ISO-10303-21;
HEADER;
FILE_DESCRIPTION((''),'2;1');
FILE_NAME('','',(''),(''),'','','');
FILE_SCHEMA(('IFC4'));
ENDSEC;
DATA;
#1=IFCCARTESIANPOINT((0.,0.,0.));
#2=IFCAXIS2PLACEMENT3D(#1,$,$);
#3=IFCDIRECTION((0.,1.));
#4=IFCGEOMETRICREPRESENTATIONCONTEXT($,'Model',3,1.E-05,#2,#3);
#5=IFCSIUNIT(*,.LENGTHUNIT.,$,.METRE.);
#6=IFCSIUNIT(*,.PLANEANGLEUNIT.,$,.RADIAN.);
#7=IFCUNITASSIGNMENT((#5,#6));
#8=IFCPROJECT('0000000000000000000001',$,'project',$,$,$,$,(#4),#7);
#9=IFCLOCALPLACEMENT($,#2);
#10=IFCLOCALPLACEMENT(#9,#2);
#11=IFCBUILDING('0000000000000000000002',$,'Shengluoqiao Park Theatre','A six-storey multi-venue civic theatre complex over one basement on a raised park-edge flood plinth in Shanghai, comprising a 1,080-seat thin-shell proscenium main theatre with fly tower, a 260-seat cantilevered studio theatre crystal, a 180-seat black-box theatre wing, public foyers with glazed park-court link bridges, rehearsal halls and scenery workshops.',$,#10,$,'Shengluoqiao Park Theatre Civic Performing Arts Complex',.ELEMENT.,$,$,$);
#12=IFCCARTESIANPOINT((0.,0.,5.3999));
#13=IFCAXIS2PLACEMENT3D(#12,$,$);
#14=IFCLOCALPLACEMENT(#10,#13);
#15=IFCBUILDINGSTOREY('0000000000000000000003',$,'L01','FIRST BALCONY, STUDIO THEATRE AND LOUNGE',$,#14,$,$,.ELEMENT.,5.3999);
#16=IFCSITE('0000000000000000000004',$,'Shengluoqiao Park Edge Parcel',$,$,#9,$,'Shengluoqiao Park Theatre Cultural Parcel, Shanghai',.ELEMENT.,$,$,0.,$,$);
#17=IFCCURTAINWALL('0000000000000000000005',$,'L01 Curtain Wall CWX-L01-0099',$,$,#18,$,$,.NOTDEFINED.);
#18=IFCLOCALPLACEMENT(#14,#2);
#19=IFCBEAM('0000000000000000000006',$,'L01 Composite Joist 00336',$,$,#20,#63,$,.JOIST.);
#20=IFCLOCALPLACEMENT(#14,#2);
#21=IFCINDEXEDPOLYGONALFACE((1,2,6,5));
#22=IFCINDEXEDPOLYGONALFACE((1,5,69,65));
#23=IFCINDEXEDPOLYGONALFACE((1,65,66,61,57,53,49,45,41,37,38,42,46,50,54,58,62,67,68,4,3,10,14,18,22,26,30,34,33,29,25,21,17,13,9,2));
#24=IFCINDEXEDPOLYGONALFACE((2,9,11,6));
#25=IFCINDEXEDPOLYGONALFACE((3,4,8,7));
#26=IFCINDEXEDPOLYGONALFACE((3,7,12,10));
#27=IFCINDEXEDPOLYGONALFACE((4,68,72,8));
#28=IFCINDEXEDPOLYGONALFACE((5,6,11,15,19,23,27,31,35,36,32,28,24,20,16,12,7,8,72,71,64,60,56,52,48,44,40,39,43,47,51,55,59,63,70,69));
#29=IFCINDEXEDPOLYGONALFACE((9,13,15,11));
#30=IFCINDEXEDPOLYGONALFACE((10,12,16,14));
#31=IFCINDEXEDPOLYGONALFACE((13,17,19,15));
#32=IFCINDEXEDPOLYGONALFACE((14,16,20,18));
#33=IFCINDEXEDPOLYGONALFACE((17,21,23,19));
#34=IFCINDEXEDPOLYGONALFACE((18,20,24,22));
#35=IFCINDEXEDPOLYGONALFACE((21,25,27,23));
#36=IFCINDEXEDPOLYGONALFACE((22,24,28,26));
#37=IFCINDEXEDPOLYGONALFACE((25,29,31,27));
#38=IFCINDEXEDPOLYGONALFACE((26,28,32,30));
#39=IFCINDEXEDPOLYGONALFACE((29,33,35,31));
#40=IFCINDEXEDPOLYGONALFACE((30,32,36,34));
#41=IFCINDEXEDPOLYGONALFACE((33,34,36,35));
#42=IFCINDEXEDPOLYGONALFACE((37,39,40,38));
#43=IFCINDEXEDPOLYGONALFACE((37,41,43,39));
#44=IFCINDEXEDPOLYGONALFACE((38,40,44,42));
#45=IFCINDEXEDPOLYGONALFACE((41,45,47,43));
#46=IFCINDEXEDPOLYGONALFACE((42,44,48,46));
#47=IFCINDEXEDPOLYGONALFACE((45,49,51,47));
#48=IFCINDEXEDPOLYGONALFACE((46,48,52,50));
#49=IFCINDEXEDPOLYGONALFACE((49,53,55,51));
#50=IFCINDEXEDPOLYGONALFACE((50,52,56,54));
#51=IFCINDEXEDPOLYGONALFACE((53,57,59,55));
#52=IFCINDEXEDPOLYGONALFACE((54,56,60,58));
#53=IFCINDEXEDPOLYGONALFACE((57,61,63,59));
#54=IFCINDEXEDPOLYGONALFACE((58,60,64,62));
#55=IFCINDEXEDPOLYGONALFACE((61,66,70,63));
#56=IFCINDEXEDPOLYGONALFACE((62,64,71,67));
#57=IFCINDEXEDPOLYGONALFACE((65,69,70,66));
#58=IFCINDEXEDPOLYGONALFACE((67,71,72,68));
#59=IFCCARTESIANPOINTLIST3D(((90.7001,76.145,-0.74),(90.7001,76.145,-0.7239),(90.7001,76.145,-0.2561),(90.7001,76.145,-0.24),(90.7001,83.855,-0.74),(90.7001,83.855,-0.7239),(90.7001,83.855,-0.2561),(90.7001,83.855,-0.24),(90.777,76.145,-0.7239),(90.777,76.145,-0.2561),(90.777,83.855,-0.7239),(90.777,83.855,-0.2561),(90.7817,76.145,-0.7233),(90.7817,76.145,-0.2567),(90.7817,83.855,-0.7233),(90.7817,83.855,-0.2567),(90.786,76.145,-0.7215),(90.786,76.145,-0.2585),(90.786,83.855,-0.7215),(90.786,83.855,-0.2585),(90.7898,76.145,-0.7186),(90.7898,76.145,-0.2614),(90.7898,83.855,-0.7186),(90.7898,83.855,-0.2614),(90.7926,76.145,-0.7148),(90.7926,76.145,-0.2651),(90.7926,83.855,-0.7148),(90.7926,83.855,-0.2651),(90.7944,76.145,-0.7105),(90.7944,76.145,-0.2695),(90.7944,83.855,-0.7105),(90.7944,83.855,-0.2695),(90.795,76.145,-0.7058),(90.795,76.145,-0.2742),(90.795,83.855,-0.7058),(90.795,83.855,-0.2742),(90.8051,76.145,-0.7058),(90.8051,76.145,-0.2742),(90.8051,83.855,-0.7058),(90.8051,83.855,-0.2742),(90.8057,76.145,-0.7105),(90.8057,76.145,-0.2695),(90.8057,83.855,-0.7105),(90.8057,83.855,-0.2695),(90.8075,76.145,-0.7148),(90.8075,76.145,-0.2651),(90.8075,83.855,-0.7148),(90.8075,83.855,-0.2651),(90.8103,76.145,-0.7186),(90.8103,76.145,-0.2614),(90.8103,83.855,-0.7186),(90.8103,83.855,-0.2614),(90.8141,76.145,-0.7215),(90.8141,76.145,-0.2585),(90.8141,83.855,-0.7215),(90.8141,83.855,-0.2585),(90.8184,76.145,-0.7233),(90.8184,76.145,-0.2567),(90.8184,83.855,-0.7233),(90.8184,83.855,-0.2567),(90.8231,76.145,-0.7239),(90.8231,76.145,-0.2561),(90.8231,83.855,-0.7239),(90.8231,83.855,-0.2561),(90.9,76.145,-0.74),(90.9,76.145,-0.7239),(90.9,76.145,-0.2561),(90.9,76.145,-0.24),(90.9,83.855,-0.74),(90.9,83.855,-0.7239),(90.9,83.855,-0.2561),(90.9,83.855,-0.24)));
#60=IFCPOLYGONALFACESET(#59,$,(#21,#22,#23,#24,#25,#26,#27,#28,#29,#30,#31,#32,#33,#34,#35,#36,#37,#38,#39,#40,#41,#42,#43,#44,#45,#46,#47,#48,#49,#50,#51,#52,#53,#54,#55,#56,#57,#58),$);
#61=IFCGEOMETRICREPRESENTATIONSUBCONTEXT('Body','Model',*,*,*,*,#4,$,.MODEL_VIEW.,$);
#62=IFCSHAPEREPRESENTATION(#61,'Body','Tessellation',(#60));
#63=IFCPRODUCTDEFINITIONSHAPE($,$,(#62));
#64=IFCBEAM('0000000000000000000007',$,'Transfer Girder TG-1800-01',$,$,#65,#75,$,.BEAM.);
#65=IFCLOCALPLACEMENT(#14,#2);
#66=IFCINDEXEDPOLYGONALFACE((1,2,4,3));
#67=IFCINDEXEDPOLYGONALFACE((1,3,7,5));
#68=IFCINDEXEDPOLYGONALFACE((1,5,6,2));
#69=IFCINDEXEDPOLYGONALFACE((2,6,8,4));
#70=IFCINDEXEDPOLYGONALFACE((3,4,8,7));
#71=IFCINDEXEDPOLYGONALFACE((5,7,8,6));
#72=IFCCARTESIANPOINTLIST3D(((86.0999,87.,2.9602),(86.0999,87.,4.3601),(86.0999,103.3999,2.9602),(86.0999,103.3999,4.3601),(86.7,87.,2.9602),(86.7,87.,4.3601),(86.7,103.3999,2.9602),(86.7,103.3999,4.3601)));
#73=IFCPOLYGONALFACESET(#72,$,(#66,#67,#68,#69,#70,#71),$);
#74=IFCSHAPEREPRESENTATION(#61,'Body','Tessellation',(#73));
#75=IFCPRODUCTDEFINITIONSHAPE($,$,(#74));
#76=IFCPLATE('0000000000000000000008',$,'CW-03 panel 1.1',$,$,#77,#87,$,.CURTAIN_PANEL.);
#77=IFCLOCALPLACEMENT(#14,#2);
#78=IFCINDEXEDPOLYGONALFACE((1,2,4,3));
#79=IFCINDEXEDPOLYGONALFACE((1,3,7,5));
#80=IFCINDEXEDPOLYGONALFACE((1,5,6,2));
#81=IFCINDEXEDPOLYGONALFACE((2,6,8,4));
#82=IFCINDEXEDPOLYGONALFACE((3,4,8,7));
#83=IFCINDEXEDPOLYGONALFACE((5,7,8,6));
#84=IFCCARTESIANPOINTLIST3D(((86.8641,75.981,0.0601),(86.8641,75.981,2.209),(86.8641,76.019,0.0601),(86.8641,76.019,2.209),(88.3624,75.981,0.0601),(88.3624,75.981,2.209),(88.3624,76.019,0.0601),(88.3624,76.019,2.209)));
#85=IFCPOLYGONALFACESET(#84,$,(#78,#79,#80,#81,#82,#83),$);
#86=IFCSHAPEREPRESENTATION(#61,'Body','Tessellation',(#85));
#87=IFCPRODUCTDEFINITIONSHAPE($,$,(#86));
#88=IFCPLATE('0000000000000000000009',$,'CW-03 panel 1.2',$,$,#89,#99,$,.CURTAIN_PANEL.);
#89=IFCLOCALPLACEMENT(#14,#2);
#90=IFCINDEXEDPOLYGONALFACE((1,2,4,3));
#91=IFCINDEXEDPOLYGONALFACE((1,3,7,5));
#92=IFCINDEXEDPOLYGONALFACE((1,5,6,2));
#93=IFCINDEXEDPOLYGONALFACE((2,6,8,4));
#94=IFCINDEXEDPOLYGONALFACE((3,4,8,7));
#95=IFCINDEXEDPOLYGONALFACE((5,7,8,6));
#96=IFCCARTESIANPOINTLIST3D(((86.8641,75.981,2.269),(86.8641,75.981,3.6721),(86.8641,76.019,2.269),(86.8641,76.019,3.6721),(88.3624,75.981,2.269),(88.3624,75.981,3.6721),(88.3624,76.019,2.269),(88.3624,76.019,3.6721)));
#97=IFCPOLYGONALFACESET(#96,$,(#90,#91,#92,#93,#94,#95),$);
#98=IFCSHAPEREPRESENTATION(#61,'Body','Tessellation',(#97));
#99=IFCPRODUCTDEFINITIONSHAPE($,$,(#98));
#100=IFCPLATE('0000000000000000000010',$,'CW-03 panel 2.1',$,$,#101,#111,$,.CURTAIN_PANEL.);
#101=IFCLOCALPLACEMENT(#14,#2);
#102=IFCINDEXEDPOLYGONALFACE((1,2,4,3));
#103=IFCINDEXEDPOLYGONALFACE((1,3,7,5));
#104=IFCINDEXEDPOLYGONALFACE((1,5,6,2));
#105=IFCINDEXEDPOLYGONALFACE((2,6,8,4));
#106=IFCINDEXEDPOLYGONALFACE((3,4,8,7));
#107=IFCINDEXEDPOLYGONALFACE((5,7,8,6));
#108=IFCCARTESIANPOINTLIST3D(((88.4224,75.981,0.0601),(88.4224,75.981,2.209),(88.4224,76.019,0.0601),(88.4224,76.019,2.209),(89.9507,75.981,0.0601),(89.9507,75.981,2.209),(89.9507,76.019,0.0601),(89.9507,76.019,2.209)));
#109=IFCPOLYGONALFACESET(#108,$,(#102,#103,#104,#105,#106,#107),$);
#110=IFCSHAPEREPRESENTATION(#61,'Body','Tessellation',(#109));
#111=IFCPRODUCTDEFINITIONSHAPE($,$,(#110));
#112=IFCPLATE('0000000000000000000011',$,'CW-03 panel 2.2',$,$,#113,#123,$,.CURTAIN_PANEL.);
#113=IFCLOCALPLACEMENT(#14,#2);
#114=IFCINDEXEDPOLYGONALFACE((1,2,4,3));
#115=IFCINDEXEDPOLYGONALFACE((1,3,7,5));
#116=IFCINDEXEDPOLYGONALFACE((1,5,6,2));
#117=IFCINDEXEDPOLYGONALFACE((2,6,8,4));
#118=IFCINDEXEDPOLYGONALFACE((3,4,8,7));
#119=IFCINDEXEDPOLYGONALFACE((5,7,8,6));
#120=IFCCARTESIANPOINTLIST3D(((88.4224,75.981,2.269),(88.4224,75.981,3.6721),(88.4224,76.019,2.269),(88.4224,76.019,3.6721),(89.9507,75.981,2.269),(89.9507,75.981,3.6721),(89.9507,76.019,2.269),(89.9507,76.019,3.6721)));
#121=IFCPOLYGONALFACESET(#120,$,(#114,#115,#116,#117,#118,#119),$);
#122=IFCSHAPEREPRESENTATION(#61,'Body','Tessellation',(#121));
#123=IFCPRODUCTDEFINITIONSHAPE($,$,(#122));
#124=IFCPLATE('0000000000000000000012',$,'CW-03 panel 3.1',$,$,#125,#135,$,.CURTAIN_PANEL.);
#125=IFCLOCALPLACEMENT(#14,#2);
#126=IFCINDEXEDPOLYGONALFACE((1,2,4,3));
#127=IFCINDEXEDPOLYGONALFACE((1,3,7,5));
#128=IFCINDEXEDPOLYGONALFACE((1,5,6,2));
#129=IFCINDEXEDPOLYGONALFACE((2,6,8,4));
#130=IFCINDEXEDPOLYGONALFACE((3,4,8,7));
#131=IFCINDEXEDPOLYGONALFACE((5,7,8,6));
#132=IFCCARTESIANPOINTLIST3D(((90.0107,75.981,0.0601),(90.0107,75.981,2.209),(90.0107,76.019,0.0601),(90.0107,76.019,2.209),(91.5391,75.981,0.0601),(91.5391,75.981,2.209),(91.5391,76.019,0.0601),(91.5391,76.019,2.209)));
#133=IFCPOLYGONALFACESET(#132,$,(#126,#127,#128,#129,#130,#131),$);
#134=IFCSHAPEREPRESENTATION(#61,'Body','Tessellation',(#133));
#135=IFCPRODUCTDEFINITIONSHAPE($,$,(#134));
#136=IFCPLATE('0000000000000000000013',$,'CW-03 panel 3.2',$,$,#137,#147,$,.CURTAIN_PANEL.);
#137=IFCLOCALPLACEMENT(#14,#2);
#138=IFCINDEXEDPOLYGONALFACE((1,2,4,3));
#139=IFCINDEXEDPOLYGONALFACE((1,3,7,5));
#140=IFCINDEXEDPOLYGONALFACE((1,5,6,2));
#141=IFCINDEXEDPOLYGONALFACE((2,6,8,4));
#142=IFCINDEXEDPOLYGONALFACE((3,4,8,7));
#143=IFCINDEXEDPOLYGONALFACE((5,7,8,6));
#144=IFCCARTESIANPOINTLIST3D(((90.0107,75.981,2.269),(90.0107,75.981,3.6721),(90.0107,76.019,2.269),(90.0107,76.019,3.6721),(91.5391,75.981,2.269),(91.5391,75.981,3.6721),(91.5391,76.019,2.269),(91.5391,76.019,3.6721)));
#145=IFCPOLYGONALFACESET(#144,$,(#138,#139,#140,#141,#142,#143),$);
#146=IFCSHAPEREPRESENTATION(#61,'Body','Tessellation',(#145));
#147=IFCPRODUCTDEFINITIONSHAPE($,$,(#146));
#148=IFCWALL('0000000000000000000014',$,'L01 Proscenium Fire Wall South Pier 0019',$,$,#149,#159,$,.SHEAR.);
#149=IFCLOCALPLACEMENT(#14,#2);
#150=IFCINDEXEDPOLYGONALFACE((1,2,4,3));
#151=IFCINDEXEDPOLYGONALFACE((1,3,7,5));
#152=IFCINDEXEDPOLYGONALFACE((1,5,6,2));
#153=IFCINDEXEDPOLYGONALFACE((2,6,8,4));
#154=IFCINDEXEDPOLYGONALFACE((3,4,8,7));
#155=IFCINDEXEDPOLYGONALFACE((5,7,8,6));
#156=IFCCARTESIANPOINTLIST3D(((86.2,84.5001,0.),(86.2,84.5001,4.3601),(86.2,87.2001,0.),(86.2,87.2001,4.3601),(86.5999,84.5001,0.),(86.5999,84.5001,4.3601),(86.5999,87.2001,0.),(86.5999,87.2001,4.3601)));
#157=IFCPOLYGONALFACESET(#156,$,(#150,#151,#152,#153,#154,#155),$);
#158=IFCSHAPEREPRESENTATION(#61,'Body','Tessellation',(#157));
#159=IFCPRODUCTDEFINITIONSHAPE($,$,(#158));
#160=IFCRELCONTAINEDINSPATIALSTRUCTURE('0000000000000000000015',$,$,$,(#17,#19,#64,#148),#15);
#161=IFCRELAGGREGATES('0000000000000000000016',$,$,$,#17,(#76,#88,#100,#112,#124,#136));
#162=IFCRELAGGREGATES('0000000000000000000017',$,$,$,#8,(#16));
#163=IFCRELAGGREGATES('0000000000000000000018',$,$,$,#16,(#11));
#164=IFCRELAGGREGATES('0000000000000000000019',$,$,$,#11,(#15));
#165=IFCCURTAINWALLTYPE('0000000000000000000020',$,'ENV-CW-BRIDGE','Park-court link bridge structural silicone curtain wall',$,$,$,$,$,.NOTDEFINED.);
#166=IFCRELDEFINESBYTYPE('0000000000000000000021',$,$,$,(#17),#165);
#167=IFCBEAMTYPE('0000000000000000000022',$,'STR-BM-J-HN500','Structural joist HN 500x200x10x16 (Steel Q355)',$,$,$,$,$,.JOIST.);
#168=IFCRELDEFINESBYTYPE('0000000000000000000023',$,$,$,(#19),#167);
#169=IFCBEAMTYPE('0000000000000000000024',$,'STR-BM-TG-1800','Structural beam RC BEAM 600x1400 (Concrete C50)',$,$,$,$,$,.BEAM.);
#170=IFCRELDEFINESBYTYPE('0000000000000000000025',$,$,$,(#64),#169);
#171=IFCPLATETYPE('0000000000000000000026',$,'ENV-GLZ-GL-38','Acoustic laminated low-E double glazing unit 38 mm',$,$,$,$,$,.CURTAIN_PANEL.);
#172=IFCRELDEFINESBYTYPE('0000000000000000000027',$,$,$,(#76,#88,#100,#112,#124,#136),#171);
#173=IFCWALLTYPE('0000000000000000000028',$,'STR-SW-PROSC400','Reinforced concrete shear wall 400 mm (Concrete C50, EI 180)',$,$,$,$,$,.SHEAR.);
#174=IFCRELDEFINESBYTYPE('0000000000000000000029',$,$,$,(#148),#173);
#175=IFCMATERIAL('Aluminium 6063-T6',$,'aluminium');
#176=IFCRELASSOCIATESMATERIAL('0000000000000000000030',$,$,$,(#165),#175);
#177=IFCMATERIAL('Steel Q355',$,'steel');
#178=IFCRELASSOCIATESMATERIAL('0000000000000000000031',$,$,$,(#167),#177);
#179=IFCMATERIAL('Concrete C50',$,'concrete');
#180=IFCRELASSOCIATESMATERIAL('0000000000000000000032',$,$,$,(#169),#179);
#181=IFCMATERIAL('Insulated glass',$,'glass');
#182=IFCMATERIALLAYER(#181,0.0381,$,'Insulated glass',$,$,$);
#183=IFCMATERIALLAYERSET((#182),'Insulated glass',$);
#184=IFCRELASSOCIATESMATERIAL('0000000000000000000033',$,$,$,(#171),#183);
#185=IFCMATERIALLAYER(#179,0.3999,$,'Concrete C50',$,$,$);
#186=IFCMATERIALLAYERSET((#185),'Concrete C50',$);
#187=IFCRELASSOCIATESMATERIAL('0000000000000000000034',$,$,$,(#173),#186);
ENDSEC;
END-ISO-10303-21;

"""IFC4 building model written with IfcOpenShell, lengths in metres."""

from ifc_helpers import new_model, si_unit, direction, frame, frame_2d, origin, origin_2d, place, context, subcontext, project, spatial, rectangle, i_section, extrude, material, layer, layer_set, material_profile, profile_set, type_object, element, aggregate, save


model = new_model("IFC4")

# Units and contexts
model_context = context("Model", 3, precision=1e-05, world=origin(), true_north=direction((0.0, 1.0)))
body_context = subcontext(model_context, "Body", "Model", "MODEL_VIEW")
ifc_project = project(units=[si_unit("LENGTHUNIT", "METRE"), si_unit("PLANEANGLEUNIT", "RADIAN")], contexts=[model_context])

# Site, building, storey
site_placement = place(None, origin())
site = spatial("IfcSite", under=ifc_project, at=site_placement, Name="Shengluoqiao Park Edge Parcel", LongName="Shengluoqiao Park Theatre Cultural Parcel, Shanghai", CompositionType="ELEMENT", RefElevation=0.0)
building_placement = place(site_placement, origin())
building = spatial("IfcBuilding", under=site, at=building_placement, Name="Shengluoqiao Park Theatre", Description="A six-storey multi-venue civic theatre complex over one basement on a raised park-edge flood plinth in Shanghai, comprising a 1,080-seat thin-shell proscenium main theatre with fly tower, a 260-seat cantilevered studio theatre crystal, a 180-seat black-box theatre wing, public foyers with glazed park-court link bridges, rehearsal halls and scenery workshops.", LongName="Shengluoqiao Park Theatre Civic Performing Arts Complex", CompositionType="ELEMENT")
storey_placement = place(building_placement, frame((0.0, 0.0, 5.3999)))
storey = spatial("IfcBuildingStorey", under=building, at=storey_placement, Name="L01", Description="FIRST BALCONY, STUDIO THEATRE AND LOUNGE", CompositionType="ELEMENT", Elevation=5.3999)

# Shared definitions
ifc_material_1 = material(Name="Concrete C50", Category="concrete")

# Curtain wall
ifc_material_2 = material(Name="Aluminium 6063-T6", Category="aluminium")
curtain_wall_type = type_object("IfcCurtainWallType", Name="ENV-CW-BRIDGE", Description="Park-court link bridge structural silicone curtain wall", PredefinedType="NOTDEFINED", material=ifc_material_2)
curtain_wall_placement = place(storey_placement, origin())
curtain_wall = element("IfcCurtainWall", 1, at=curtain_wall_placement, inside=storey, type_object=curtain_wall_type, Name="L01 Curtain Wall CWX-L01-0099", PredefinedType="NOTDEFINED")

# Beams
ifc_material_3 = material(Name="Steel Q355", Category="steel")
ifc_material_profile_1 = material_profile(ifc_material_3, i_section(OverallWidth=0.2, OverallDepth=0.5, WebThickness=0.01, FlangeThickness=0.0161, FilletRadius=0.0181, at=origin_2d()), Name="HN 500x200x10x16")
ifc_profile_set_1 = profile_set([ifc_material_profile_1], Name="Steel Q355")
beam_type_1 = type_object("IfcBeamType", Name="STR-BM-J-HN500", Description="Structural joist HN 500x200x10x16 (Steel Q355)", PredefinedType="JOIST", material=ifc_profile_set_1)
for number, where, z_axis, x_axis, name in (
    (2, (90.8, 76.145, -0.49), (0.0, 1.0, 0.0), (-1.0, 0.0, 0.0), "L01 Composite Joist 00336"),
):
    element("IfcBeam", number, at=place(storey_placement, frame(where, z_axis=z_axis, x_axis=x_axis)), inside=storey, type_object=beam_type_1, Name=name, PredefinedType="JOIST", context=body_context, shape_type="SweptSolid", body=[
        extrude(i_section(OverallWidth=0.2, OverallDepth=0.5, WebThickness=0.01, FlangeThickness=0.0161, FilletRadius=0.0181, at=origin_2d()), origin(), (0.0, 0.0, 1.0), 7.71),
    ])
ifc_material_profile_2 = material_profile(ifc_material_1, rectangle(XDim=0.6001, YDim=1.3999, at=origin_2d()), Name="RC BEAM 600x1400")
ifc_profile_set_2 = profile_set([ifc_material_profile_2], Name="Concrete C50")
beam_type_2 = type_object("IfcBeamType", Name="STR-BM-TG-1800", Description="Structural beam RC BEAM 600x1400 (Concrete C50)", PredefinedType="BEAM", material=ifc_profile_set_2)
beam_1_placement = place(storey_placement, frame((86.3999, 87.0, 3.6602), z_axis=(0.0, 1.0, 0.0), x_axis=(-1.0, 0.0, 0.0)))
element("IfcBeam", 3, at=beam_1_placement, inside=storey, type_object=beam_type_2, Name="Transfer Girder TG-1800-01", PredefinedType="BEAM", context=body_context, shape_type="SweptSolid", body=[
    extrude(rectangle(XDim=0.6001, YDim=1.3999, at=origin_2d()), origin(), (0.0, 0.0, 1.0), 16.3999),
])

# Plates
ifc_material_4 = material(Name="Insulated glass", Category="glass")
ifc_layer_1 = layer(ifc_material_4, 0.0381, Name="Insulated glass")
ifc_layer_set_1 = layer_set([ifc_layer_1], Name="Insulated glass")
plate_type = type_object("IfcPlateType", Name="ENV-GLZ-GL-38", Description="Acoustic laminated low-E double glazing unit 38 mm", PredefinedType="CURTAIN_PANEL", material=ifc_layer_set_1)
plate_1_placement = place(storey_placement, frame((87.6133, 76.0, 0.0601), z_axis=(0.0, 0.0, 1.0), x_axis=(1.0, 0.0, 0.0)))
plate_1 = element("IfcPlate", 4, at=plate_1_placement, type_object=plate_type, Name="CW-03 panel 1.1", PredefinedType="CURTAIN_PANEL", context=body_context, shape_type="SweptSolid", body=[
    extrude(rectangle(XDim=1.4983, YDim=0.0381, at=origin_2d()), origin(), (0.0, 0.0, 1.0), 2.1489),
])
plate_2_placement = place(storey_placement, frame((87.6133, 76.0, 2.269), z_axis=(0.0, 0.0, 1.0), x_axis=(1.0, 0.0, 0.0)))
plate_2 = element("IfcPlate", 5, at=plate_2_placement, type_object=plate_type, Name="CW-03 panel 1.2", PredefinedType="CURTAIN_PANEL", context=body_context, shape_type="SweptSolid", body=[
    extrude(rectangle(XDim=1.4983, YDim=0.0381, at=origin_2d()), origin(), (0.0, 0.0, 1.0), 1.4031),
])
plate_3_placement = place(storey_placement, frame((89.1865, 76.0, 0.0601), z_axis=(0.0, 0.0, 1.0), x_axis=(1.0, 0.0, 0.0)))
plate_3 = element("IfcPlate", 6, at=plate_3_placement, type_object=plate_type, Name="CW-03 panel 2.1", PredefinedType="CURTAIN_PANEL", context=body_context, shape_type="SweptSolid", body=[
    extrude(rectangle(XDim=1.5283, YDim=0.0381, at=origin_2d()), origin(), (0.0, 0.0, 1.0), 2.1489),
])
plate_4_placement = place(storey_placement, frame((89.1865, 76.0, 2.269), z_axis=(0.0, 0.0, 1.0), x_axis=(1.0, 0.0, 0.0)))
plate_4 = element("IfcPlate", 7, at=plate_4_placement, type_object=plate_type, Name="CW-03 panel 2.2", PredefinedType="CURTAIN_PANEL", context=body_context, shape_type="SweptSolid", body=[
    extrude(rectangle(XDim=1.5283, YDim=0.0381, at=origin_2d()), origin(), (0.0, 0.0, 1.0), 1.4031),
])
plate_5_placement = place(storey_placement, frame((90.7749, 76.0, 0.0601), z_axis=(0.0, 0.0, 1.0), x_axis=(1.0, 0.0, 0.0)))
plate_5 = element("IfcPlate", 8, at=plate_5_placement, type_object=plate_type, Name="CW-03 panel 3.1", PredefinedType="CURTAIN_PANEL", context=body_context, shape_type="SweptSolid", body=[
    extrude(rectangle(XDim=1.5283, YDim=0.0381, at=origin_2d()), origin(), (0.0, 0.0, 1.0), 2.1489),
])
plate_6_placement = place(storey_placement, frame((90.7749, 76.0, 2.269), z_axis=(0.0, 0.0, 1.0), x_axis=(1.0, 0.0, 0.0)))
plate_6 = element("IfcPlate", 9, at=plate_6_placement, type_object=plate_type, Name="CW-03 panel 3.2", PredefinedType="CURTAIN_PANEL", context=body_context, shape_type="SweptSolid", body=[
    extrude(rectangle(XDim=1.5283, YDim=0.0381, at=origin_2d()), origin(), (0.0, 0.0, 1.0), 1.4031),
])
aggregate(curtain_wall, [plate_1, plate_2, plate_3, plate_4, plate_5, plate_6])

# Wall
ifc_layer_2 = layer(ifc_material_1, 0.3999, Name="Concrete C50")
ifc_layer_set_2 = layer_set([ifc_layer_2], Name="Concrete C50")
wall_type = type_object("IfcWallType", Name="STR-SW-PROSC400", Description="Reinforced concrete shear wall 400 mm (Concrete C50, EI 180)", PredefinedType="SHEAR", material=ifc_layer_set_2)
wall_placement = place(storey_placement, frame((86.3999, 84.5, 0.0), z_axis=(0.0, 0.0, 1.0), x_axis=(0.0, 1.0, 0.0)))
element("IfcWall", 10, at=wall_placement, inside=storey, type_object=wall_type, Name="L01 Proscenium Fire Wall South Pier 0019", PredefinedType="SHEAR", context=body_context, shape_type="SweptSolid", body=[
    extrude(rectangle(XDim=2.7, YDim=0.3999, at=frame_2d((1.3501, 0.0))), origin(), (0.0, 0.0, 1.0), 4.3601),
])

save(model, "model.ifc")
